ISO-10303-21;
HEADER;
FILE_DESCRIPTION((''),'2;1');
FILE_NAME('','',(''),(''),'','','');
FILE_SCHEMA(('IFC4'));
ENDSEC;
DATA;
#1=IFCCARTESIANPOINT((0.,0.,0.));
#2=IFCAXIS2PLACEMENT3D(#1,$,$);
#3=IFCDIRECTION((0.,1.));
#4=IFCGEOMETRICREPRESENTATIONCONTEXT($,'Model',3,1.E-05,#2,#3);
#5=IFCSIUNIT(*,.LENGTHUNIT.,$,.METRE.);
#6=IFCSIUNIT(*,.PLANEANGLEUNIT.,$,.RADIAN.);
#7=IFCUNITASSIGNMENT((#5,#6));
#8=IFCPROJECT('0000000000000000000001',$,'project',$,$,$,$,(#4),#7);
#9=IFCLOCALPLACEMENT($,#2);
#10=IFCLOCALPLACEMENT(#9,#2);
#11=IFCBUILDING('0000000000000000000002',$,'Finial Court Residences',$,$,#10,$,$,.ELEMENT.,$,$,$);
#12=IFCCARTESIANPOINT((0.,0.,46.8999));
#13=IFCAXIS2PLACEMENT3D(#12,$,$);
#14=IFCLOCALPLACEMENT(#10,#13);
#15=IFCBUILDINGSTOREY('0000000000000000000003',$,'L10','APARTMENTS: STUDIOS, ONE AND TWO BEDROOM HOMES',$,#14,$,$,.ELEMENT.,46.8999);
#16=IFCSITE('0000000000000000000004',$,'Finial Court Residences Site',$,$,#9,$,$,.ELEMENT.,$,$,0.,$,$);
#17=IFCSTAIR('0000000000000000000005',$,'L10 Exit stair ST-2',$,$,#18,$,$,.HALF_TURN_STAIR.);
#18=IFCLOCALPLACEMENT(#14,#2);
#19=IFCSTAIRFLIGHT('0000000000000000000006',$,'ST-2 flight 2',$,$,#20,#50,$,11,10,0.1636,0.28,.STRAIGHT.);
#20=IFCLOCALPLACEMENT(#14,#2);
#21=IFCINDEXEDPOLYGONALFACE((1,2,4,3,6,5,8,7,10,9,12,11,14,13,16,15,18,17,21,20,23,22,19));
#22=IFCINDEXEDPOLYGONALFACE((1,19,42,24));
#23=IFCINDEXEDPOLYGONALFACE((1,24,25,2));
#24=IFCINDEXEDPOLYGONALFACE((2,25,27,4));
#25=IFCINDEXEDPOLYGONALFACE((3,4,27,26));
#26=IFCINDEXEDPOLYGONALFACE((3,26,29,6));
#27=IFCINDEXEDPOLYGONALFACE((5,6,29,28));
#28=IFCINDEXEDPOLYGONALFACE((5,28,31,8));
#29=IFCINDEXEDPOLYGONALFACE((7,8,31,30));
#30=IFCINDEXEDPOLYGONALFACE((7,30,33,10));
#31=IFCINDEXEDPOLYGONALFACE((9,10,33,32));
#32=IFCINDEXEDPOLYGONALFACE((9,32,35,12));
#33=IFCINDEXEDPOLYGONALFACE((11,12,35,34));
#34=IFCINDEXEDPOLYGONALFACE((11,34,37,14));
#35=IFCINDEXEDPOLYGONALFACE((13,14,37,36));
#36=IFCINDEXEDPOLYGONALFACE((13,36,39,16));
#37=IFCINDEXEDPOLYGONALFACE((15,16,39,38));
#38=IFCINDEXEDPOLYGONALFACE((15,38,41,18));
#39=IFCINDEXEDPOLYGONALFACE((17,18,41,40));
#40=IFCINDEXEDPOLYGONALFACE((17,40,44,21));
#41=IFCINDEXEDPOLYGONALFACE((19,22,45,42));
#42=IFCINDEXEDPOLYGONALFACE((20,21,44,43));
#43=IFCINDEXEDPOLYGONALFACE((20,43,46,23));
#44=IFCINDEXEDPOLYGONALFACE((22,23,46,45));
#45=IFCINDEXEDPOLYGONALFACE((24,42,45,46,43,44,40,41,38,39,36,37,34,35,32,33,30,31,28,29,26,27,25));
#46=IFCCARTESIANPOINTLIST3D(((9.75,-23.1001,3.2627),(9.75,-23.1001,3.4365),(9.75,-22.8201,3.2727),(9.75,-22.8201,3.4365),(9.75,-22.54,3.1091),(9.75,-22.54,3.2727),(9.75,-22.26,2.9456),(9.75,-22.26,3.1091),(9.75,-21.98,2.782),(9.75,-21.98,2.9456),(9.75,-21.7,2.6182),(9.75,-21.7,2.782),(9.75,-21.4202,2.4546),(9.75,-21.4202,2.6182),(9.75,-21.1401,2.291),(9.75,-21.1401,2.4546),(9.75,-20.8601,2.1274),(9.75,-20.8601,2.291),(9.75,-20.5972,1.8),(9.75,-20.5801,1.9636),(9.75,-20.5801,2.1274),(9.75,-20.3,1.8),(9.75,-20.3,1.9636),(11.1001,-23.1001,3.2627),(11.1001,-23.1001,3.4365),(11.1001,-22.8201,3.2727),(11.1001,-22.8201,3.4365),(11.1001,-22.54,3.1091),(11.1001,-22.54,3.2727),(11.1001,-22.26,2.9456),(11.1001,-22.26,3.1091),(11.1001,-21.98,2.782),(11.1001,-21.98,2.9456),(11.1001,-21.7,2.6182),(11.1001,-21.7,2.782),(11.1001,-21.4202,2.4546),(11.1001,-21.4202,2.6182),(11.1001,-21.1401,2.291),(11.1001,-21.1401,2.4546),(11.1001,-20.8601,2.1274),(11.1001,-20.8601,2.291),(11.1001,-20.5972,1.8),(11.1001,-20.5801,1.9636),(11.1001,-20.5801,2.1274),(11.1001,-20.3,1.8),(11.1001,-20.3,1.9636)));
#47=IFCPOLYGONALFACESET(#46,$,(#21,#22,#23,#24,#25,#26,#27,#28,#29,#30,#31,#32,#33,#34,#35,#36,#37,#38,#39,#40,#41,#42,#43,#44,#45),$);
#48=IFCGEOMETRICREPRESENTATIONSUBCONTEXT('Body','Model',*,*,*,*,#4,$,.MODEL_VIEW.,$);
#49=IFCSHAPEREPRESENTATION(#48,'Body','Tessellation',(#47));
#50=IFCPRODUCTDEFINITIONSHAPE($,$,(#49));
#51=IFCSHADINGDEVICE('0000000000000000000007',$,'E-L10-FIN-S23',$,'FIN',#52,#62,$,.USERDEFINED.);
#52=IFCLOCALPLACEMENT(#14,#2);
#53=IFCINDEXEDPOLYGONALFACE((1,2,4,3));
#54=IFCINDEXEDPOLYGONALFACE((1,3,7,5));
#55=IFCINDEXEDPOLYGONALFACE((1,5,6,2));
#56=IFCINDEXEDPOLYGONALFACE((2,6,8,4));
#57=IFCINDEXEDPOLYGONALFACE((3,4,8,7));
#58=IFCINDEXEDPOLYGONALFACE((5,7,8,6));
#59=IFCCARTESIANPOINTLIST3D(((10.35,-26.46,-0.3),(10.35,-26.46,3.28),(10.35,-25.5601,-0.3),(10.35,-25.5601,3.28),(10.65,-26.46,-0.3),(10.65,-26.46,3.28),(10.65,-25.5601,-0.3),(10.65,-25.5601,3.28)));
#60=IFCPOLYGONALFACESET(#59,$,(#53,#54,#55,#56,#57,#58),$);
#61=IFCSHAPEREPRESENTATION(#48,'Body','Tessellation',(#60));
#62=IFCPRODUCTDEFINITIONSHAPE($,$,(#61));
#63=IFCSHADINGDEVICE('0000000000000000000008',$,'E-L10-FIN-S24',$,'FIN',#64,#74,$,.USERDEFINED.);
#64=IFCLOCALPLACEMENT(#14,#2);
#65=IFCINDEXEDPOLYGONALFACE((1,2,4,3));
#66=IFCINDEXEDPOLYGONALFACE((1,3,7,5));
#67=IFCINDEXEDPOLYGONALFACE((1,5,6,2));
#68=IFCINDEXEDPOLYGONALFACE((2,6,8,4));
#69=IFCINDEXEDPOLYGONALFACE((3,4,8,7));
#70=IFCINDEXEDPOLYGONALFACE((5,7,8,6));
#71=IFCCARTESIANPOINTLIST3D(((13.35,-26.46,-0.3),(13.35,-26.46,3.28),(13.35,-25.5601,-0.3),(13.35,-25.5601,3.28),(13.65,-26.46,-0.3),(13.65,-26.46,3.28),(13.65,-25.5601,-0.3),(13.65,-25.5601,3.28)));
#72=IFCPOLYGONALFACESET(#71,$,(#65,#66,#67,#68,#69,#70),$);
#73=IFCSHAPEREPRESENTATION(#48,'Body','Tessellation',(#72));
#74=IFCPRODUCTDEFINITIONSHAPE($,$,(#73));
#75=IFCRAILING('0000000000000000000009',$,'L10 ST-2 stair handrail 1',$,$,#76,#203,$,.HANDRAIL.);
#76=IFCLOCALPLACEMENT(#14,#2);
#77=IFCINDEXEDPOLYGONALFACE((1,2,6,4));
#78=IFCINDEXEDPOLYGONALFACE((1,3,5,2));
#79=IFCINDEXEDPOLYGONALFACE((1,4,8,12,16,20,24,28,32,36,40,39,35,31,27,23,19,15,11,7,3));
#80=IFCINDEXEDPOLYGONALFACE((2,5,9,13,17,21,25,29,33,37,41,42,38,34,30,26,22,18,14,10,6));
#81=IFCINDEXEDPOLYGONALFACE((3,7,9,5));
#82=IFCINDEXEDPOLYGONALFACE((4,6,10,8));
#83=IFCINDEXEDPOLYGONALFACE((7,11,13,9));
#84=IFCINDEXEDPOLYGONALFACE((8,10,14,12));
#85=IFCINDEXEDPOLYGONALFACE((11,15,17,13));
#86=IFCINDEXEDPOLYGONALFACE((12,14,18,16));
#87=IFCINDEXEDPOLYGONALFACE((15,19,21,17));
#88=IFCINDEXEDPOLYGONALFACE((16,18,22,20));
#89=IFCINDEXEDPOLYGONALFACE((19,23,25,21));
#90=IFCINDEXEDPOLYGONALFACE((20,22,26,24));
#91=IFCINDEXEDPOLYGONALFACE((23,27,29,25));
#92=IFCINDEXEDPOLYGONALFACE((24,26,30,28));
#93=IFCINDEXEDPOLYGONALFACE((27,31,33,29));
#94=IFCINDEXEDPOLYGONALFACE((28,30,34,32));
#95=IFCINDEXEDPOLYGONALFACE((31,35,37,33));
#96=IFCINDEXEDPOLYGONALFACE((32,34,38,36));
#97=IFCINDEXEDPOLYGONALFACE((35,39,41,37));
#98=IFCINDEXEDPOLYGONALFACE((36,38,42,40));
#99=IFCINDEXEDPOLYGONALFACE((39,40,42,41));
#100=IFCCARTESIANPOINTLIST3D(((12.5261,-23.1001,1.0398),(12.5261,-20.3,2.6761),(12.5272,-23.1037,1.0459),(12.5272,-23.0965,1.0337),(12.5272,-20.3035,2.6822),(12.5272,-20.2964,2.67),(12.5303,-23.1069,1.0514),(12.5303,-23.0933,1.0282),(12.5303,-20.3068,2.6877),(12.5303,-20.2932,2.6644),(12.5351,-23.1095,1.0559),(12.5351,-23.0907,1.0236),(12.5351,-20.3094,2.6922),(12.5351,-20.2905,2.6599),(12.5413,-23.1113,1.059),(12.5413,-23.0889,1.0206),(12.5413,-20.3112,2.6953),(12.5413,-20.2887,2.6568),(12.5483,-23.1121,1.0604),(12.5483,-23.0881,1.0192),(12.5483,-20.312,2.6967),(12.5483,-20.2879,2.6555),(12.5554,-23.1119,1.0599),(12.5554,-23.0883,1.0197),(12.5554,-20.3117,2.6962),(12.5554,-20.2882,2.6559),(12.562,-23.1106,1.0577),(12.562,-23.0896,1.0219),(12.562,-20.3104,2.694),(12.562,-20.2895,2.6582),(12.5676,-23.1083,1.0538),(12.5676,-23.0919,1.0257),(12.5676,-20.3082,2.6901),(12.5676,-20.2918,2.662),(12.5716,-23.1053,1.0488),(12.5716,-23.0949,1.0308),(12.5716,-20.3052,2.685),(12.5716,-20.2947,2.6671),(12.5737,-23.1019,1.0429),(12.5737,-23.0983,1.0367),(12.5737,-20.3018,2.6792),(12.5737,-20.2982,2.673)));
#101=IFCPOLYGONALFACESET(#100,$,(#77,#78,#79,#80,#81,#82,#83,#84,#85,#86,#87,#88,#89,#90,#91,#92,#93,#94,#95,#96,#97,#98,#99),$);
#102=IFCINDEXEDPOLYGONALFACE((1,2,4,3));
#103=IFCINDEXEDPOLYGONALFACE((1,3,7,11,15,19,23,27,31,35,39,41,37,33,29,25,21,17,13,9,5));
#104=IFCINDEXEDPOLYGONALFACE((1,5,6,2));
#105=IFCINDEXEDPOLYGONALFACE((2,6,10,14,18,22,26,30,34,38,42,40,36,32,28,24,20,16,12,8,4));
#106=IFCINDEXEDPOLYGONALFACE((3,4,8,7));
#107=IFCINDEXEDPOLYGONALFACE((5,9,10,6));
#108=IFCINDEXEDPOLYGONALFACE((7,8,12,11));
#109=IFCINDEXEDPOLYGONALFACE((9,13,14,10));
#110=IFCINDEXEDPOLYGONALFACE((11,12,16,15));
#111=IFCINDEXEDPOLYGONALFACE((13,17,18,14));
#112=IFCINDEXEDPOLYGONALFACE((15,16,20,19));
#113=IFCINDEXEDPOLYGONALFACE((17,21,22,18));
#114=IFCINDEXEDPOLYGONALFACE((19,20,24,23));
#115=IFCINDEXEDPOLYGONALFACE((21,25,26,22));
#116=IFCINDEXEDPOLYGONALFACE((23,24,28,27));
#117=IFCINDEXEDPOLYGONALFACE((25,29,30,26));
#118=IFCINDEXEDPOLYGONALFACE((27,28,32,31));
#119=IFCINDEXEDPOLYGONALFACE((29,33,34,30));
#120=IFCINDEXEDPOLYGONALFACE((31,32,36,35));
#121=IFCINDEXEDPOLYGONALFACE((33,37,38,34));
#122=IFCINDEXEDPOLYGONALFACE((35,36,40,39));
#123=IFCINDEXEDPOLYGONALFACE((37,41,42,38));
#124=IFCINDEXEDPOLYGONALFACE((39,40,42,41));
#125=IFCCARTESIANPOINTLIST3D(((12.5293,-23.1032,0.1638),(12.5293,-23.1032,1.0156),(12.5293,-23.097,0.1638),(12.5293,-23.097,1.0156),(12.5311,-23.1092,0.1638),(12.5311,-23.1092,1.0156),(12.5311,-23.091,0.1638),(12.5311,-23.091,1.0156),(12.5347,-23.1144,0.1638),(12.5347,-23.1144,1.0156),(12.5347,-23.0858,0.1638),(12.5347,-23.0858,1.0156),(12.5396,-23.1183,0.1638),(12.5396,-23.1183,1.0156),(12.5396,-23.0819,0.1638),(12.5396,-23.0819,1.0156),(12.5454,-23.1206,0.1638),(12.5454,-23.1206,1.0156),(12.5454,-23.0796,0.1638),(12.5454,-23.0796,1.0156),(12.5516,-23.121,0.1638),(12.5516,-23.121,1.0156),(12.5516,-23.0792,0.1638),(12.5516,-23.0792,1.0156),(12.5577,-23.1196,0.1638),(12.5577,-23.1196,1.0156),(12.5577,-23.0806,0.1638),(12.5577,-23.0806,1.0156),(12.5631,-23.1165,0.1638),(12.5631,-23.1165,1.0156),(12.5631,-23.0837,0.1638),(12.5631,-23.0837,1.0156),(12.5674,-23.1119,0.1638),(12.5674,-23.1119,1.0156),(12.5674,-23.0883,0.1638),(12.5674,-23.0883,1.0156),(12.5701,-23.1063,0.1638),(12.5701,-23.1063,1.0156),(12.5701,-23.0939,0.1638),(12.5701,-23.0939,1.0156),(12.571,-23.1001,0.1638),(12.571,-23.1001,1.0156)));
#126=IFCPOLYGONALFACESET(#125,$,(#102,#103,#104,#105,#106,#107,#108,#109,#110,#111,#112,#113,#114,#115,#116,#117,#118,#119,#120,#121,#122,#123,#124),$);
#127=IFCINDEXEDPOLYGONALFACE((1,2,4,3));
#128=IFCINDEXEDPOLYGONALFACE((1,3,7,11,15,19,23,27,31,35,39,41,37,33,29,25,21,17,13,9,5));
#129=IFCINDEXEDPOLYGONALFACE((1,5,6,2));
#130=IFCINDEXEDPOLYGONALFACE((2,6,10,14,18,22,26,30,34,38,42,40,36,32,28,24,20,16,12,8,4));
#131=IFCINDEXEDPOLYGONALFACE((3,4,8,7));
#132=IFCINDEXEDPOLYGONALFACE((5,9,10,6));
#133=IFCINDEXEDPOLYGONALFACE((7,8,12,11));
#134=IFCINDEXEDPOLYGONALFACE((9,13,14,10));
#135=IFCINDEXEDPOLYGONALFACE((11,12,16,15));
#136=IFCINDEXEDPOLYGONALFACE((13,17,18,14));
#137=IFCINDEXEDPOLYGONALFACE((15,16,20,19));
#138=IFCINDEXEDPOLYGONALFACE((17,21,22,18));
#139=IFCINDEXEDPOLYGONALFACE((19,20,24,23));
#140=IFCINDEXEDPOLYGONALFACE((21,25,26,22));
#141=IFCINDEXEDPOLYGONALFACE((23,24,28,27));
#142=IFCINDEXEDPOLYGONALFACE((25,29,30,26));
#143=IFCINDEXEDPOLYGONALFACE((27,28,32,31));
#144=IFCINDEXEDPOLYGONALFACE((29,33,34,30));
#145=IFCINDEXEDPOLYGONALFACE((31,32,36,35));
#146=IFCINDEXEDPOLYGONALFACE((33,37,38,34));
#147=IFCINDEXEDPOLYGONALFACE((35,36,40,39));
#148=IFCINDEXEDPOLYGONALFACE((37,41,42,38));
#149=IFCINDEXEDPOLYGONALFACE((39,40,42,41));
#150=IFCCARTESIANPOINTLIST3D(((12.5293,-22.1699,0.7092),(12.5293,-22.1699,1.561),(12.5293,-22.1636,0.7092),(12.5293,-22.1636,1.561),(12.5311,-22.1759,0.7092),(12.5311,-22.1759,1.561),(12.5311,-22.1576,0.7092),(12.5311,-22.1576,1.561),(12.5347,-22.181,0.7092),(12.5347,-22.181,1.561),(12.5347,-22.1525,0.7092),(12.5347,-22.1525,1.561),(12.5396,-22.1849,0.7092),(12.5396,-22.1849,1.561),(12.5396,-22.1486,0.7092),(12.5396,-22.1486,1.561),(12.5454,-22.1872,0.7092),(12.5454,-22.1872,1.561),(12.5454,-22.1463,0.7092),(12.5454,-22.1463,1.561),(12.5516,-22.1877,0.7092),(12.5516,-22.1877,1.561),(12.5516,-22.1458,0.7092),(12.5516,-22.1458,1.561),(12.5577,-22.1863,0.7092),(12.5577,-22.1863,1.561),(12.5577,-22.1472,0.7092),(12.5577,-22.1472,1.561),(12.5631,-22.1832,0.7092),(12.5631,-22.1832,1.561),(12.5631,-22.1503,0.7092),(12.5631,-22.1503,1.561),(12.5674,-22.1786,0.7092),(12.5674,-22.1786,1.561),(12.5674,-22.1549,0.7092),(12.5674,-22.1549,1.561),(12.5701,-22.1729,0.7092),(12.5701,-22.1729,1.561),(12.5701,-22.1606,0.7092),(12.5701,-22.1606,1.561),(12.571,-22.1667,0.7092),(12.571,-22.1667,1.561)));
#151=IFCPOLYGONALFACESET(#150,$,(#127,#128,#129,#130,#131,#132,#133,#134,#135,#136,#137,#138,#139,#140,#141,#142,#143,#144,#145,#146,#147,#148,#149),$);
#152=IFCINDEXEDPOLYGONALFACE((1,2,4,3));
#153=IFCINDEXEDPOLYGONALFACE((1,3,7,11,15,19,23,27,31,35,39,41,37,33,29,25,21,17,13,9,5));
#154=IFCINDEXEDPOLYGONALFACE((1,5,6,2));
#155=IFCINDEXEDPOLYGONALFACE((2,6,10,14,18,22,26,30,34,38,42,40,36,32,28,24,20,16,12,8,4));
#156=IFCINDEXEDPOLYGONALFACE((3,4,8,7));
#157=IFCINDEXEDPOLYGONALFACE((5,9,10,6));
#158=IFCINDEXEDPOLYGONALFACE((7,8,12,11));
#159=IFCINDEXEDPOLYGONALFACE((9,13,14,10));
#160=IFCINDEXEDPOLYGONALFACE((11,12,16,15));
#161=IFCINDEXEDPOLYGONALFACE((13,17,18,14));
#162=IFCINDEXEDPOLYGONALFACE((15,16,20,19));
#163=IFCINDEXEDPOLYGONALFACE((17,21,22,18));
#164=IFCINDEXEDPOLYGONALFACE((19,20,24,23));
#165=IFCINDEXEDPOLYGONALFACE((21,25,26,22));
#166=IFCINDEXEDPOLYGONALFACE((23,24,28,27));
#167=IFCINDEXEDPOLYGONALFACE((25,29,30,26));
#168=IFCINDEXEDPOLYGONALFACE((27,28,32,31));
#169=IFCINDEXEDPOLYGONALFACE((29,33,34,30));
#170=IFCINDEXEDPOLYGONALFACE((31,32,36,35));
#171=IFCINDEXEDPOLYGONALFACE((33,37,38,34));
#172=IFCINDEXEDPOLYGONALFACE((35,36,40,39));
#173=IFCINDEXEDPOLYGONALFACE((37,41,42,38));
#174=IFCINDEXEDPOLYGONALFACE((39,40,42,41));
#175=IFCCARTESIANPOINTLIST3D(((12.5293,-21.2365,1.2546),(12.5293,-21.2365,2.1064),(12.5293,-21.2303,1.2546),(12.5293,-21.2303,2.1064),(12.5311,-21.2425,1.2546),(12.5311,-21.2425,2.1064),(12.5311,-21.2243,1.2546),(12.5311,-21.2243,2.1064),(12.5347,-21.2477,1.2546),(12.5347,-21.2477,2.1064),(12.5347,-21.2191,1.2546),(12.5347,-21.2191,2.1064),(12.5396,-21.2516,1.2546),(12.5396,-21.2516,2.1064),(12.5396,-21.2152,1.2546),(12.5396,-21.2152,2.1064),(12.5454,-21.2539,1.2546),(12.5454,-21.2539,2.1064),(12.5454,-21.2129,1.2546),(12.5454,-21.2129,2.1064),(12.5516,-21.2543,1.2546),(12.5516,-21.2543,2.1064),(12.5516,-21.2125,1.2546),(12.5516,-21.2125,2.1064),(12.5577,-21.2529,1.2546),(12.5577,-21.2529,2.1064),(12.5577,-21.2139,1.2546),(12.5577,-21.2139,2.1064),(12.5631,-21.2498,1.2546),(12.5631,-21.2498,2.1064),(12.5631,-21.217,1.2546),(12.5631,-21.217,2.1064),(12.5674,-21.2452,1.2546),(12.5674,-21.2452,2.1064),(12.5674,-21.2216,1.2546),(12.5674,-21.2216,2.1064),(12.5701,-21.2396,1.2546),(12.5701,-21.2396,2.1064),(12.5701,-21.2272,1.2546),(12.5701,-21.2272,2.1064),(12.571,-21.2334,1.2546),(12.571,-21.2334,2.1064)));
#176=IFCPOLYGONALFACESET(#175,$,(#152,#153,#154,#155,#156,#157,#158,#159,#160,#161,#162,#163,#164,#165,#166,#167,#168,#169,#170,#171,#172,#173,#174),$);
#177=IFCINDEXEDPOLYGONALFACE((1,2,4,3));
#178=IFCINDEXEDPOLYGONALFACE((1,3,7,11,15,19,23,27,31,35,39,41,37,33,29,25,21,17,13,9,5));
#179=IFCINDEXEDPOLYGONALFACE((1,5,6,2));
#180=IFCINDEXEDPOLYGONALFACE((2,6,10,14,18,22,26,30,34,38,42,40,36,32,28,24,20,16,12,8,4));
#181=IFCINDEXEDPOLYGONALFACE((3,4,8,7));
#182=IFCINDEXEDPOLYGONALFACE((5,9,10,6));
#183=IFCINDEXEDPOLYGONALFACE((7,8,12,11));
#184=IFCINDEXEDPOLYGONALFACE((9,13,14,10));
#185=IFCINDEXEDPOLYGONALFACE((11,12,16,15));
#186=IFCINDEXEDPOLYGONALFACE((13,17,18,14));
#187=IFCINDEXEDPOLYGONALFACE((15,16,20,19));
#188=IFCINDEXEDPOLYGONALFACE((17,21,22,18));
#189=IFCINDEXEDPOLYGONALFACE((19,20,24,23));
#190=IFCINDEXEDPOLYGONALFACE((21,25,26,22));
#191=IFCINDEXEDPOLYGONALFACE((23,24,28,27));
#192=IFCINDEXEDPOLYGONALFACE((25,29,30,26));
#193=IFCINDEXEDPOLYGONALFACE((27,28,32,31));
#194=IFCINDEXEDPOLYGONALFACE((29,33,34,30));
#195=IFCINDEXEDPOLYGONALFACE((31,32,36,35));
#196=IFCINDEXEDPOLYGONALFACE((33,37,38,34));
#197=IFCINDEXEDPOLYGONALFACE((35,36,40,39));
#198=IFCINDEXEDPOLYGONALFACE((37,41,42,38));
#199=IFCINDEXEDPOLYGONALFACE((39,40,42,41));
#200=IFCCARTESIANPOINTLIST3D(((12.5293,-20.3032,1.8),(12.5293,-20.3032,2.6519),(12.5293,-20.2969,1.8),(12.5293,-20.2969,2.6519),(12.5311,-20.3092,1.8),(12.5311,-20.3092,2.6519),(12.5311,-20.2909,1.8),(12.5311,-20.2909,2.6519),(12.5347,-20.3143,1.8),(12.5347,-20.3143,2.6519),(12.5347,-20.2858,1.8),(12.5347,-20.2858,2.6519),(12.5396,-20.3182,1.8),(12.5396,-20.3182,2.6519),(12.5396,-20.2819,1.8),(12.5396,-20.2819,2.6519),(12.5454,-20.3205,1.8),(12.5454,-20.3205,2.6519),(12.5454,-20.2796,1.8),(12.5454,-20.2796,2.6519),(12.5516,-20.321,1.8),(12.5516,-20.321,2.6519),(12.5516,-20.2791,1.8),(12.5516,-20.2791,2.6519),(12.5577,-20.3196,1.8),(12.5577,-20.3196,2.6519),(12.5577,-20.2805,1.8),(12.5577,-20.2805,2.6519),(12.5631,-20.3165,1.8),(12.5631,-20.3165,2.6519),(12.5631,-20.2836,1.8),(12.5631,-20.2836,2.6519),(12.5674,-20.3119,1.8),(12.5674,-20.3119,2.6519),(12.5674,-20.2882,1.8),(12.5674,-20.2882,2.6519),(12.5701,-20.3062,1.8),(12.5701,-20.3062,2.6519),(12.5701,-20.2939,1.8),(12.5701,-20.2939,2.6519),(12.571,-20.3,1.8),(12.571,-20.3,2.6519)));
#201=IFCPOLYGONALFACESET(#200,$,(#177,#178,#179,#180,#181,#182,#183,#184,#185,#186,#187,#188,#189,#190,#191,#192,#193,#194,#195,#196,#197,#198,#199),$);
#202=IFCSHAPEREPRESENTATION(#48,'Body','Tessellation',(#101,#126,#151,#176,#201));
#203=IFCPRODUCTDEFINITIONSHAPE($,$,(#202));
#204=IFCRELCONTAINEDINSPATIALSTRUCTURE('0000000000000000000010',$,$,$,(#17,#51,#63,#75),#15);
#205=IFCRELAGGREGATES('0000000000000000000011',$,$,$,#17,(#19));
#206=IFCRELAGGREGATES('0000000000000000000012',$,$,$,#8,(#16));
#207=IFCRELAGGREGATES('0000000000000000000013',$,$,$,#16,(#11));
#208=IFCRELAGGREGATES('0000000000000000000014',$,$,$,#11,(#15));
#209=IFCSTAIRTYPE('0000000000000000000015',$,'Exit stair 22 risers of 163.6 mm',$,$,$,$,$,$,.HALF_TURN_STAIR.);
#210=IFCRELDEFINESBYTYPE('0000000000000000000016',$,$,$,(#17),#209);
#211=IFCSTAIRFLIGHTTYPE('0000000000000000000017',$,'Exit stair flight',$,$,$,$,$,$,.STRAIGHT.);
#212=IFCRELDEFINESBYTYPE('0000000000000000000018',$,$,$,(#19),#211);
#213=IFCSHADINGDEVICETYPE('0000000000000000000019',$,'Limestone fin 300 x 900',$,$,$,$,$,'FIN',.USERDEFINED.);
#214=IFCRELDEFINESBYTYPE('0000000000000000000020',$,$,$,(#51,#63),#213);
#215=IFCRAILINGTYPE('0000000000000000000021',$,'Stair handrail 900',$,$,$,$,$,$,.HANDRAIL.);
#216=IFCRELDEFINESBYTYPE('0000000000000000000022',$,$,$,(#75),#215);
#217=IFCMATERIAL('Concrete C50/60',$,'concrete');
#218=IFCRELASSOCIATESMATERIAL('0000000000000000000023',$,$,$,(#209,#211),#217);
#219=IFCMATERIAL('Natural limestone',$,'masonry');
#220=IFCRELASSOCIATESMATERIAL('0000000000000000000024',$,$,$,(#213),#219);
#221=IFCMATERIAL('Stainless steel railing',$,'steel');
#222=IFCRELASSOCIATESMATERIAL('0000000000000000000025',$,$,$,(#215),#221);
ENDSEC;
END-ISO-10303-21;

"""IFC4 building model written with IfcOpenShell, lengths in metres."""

from ifc_helpers import new_model, si_unit, direction, frame, origin, origin_2d, place, context, subcontext, project, spatial, polyline, rectangle, circle, outline, extrude, material, type_object, element, aggregate, save


model = new_model("IFC4")

# Units and contexts
model_context = context("Model", 3, precision=1e-05, world=origin(), true_north=direction((0.0, 1.0)))
body_context = subcontext(model_context, "Body", "Model", "MODEL_VIEW")
ifc_project = project(units=[si_unit("LENGTHUNIT", "METRE"), si_unit("PLANEANGLEUNIT", "RADIAN")], contexts=[model_context])

# Site, building, storey
site_placement = place(None, origin())
site = spatial("IfcSite", under=ifc_project, at=site_placement, Name="Finial Court Residences Site", CompositionType="ELEMENT", RefElevation=0.0)
building_placement = place(site_placement, origin())
building = spatial("IfcBuilding", under=site, at=building_placement, Name="Finial Court Residences", CompositionType="ELEMENT")
storey_placement = place(building_placement, frame((0.0, 0.0, 46.8999)))
storey = spatial("IfcBuildingStorey", under=building, at=storey_placement, Name="L10", Description="APARTMENTS: STUDIOS, ONE AND TWO BEDROOM HOMES", CompositionType="ELEMENT", Elevation=46.8999)

# Stair, stair flight
ifc_material_1 = material(Name="Concrete C50/60", Category="concrete")
stair_type = type_object("IfcStairType", Name="Exit stair 22 risers of 163.6 mm", PredefinedType="HALF_TURN_STAIR", material=ifc_material_1)
stair_placement = place(storey_placement, origin())
stair = element("IfcStair", 1, at=stair_placement, inside=storey, type_object=stair_type, Name="L10 Exit stair ST-2", PredefinedType="HALF_TURN_STAIR")
stair_flight_type = type_object("IfcStairFlightType", Name="Exit stair flight", PredefinedType="STRAIGHT", material=ifc_material_1)
stair_flight_1_placement = place(storey_placement, frame((10.425, -20.3, 1.8), z_axis=(0.0, 0.0, 1.0), x_axis=(0.0, -1.0, 0.0)))
stair_flight_1 = element("IfcStairFlight", 2, at=stair_flight_1_placement, type_object=stair_flight_type, Name="ST-2 flight 2", NumberOfRisers=11, NumberOfTreads=10, PredefinedType="STRAIGHT", RiserHeight=0.1636, TreadLength=0.28, context=body_context, shape_type="SweptSolid", body=[
    extrude(outline(polyline([(0.0, 0.0), (0.0, 0.1636), (0.28, 0.1636), (0.28, 0.3274), (0.5601, 0.3274), (0.5601, 0.491), (0.8401, 0.491), (0.8401, 0.6545), (1.1201, 0.6545), (1.1201, 0.8181), (1.3999, 0.8181), (1.3999, 0.9819), (1.6799, 0.9819), (1.6799, 1.1455), (1.96, 1.1455), (1.96, 1.3091), (2.24, 1.3091), (2.24, 1.4727), (2.52, 1.4727), (2.52, 1.6365), (2.8, 1.6365), (2.8, 1.8), (2.8, 1.4626), (0.2971, 0.0), (0.0, 0.0)])), frame((0.0, 0.675, 0.0), z_axis=(0.0, -1.0, 0.0), x_axis=(1.0, 0.0, 0.0)), (0.0, 0.0, 1.0), 1.3501),
])
aggregate(stair, [stair_flight_1])

# Shading devices
ifc_material_2 = material(Name="Natural limestone", Category="masonry")
shading_device_type = type_object("IfcShadingDeviceType", Name="Limestone fin 300 x 900", ElementType="FIN", PredefinedType="USERDEFINED", material=ifc_material_2)
for number, where, z_axis, x_axis, name in (
    (3, (10.5, -26.01, -0.3), (0.0, 0.0, 1.0), (1.0, 0.0, 0.0), "E-L10-FIN-S23"),
    (4, (13.5, -26.01, -0.3), (0.0, 0.0, 1.0), (1.0, 0.0, 0.0), "E-L10-FIN-S24"),
):
    element("IfcShadingDevice", number, at=place(storey_placement, frame(where, z_axis=z_axis, x_axis=x_axis)), inside=storey, type_object=shading_device_type, Name=name, ObjectType="FIN", PredefinedType="USERDEFINED", context=body_context, shape_type="SweptSolid", body=[
        extrude(rectangle(XDim=0.3, YDim=0.8999, at=origin_2d()), origin(), (0.0, 0.0, 1.0), 3.5801),
    ])

# Railing
ifc_material_3 = material(Name="Stainless steel railing", Category="steel")
railing_type_1 = type_object("IfcRailingType", Name="Stair handrail 900", PredefinedType="HANDRAIL", material=ifc_material_3)
railing_1_placement = place(storey_placement, frame((12.55, -23.1001, 0.1638)))
element("IfcRailing", 5, at=railing_1_placement, inside=storey, type_object=railing_type_1, Name="L10 ST-2 stair handrail 1", PredefinedType="HANDRAIL", context=body_context, shape_type="SweptSolid", body=[
    extrude(circle(Radius=0.0239, at=origin_2d()), frame((0.0, 0.0, 0.876), z_axis=(0.0, 0.863394, 0.504531), x_axis=(-1.0, 0.0, 0.0)), (0.0, 0.0, 1.0), 3.2432),
    extrude(circle(Radius=0.021, at=origin_2d()), origin(), (0.0, 0.0, 1.0), 0.8518),
    extrude(circle(Radius=0.021, at=origin_2d()), frame((0.0, 0.9333, 0.5454)), (0.0, 0.0, 1.0), 0.8518),
    extrude(circle(Radius=0.021, at=origin_2d()), frame((0.0, 1.8667, 1.0908)), (0.0, 0.0, 1.0), 0.8518),
    extrude(circle(Radius=0.021, at=origin_2d()), frame((0.0, 2.8, 1.6362)), (0.0, 0.0, 1.0), 0.8518),
])

save(model, "model.ifc")
